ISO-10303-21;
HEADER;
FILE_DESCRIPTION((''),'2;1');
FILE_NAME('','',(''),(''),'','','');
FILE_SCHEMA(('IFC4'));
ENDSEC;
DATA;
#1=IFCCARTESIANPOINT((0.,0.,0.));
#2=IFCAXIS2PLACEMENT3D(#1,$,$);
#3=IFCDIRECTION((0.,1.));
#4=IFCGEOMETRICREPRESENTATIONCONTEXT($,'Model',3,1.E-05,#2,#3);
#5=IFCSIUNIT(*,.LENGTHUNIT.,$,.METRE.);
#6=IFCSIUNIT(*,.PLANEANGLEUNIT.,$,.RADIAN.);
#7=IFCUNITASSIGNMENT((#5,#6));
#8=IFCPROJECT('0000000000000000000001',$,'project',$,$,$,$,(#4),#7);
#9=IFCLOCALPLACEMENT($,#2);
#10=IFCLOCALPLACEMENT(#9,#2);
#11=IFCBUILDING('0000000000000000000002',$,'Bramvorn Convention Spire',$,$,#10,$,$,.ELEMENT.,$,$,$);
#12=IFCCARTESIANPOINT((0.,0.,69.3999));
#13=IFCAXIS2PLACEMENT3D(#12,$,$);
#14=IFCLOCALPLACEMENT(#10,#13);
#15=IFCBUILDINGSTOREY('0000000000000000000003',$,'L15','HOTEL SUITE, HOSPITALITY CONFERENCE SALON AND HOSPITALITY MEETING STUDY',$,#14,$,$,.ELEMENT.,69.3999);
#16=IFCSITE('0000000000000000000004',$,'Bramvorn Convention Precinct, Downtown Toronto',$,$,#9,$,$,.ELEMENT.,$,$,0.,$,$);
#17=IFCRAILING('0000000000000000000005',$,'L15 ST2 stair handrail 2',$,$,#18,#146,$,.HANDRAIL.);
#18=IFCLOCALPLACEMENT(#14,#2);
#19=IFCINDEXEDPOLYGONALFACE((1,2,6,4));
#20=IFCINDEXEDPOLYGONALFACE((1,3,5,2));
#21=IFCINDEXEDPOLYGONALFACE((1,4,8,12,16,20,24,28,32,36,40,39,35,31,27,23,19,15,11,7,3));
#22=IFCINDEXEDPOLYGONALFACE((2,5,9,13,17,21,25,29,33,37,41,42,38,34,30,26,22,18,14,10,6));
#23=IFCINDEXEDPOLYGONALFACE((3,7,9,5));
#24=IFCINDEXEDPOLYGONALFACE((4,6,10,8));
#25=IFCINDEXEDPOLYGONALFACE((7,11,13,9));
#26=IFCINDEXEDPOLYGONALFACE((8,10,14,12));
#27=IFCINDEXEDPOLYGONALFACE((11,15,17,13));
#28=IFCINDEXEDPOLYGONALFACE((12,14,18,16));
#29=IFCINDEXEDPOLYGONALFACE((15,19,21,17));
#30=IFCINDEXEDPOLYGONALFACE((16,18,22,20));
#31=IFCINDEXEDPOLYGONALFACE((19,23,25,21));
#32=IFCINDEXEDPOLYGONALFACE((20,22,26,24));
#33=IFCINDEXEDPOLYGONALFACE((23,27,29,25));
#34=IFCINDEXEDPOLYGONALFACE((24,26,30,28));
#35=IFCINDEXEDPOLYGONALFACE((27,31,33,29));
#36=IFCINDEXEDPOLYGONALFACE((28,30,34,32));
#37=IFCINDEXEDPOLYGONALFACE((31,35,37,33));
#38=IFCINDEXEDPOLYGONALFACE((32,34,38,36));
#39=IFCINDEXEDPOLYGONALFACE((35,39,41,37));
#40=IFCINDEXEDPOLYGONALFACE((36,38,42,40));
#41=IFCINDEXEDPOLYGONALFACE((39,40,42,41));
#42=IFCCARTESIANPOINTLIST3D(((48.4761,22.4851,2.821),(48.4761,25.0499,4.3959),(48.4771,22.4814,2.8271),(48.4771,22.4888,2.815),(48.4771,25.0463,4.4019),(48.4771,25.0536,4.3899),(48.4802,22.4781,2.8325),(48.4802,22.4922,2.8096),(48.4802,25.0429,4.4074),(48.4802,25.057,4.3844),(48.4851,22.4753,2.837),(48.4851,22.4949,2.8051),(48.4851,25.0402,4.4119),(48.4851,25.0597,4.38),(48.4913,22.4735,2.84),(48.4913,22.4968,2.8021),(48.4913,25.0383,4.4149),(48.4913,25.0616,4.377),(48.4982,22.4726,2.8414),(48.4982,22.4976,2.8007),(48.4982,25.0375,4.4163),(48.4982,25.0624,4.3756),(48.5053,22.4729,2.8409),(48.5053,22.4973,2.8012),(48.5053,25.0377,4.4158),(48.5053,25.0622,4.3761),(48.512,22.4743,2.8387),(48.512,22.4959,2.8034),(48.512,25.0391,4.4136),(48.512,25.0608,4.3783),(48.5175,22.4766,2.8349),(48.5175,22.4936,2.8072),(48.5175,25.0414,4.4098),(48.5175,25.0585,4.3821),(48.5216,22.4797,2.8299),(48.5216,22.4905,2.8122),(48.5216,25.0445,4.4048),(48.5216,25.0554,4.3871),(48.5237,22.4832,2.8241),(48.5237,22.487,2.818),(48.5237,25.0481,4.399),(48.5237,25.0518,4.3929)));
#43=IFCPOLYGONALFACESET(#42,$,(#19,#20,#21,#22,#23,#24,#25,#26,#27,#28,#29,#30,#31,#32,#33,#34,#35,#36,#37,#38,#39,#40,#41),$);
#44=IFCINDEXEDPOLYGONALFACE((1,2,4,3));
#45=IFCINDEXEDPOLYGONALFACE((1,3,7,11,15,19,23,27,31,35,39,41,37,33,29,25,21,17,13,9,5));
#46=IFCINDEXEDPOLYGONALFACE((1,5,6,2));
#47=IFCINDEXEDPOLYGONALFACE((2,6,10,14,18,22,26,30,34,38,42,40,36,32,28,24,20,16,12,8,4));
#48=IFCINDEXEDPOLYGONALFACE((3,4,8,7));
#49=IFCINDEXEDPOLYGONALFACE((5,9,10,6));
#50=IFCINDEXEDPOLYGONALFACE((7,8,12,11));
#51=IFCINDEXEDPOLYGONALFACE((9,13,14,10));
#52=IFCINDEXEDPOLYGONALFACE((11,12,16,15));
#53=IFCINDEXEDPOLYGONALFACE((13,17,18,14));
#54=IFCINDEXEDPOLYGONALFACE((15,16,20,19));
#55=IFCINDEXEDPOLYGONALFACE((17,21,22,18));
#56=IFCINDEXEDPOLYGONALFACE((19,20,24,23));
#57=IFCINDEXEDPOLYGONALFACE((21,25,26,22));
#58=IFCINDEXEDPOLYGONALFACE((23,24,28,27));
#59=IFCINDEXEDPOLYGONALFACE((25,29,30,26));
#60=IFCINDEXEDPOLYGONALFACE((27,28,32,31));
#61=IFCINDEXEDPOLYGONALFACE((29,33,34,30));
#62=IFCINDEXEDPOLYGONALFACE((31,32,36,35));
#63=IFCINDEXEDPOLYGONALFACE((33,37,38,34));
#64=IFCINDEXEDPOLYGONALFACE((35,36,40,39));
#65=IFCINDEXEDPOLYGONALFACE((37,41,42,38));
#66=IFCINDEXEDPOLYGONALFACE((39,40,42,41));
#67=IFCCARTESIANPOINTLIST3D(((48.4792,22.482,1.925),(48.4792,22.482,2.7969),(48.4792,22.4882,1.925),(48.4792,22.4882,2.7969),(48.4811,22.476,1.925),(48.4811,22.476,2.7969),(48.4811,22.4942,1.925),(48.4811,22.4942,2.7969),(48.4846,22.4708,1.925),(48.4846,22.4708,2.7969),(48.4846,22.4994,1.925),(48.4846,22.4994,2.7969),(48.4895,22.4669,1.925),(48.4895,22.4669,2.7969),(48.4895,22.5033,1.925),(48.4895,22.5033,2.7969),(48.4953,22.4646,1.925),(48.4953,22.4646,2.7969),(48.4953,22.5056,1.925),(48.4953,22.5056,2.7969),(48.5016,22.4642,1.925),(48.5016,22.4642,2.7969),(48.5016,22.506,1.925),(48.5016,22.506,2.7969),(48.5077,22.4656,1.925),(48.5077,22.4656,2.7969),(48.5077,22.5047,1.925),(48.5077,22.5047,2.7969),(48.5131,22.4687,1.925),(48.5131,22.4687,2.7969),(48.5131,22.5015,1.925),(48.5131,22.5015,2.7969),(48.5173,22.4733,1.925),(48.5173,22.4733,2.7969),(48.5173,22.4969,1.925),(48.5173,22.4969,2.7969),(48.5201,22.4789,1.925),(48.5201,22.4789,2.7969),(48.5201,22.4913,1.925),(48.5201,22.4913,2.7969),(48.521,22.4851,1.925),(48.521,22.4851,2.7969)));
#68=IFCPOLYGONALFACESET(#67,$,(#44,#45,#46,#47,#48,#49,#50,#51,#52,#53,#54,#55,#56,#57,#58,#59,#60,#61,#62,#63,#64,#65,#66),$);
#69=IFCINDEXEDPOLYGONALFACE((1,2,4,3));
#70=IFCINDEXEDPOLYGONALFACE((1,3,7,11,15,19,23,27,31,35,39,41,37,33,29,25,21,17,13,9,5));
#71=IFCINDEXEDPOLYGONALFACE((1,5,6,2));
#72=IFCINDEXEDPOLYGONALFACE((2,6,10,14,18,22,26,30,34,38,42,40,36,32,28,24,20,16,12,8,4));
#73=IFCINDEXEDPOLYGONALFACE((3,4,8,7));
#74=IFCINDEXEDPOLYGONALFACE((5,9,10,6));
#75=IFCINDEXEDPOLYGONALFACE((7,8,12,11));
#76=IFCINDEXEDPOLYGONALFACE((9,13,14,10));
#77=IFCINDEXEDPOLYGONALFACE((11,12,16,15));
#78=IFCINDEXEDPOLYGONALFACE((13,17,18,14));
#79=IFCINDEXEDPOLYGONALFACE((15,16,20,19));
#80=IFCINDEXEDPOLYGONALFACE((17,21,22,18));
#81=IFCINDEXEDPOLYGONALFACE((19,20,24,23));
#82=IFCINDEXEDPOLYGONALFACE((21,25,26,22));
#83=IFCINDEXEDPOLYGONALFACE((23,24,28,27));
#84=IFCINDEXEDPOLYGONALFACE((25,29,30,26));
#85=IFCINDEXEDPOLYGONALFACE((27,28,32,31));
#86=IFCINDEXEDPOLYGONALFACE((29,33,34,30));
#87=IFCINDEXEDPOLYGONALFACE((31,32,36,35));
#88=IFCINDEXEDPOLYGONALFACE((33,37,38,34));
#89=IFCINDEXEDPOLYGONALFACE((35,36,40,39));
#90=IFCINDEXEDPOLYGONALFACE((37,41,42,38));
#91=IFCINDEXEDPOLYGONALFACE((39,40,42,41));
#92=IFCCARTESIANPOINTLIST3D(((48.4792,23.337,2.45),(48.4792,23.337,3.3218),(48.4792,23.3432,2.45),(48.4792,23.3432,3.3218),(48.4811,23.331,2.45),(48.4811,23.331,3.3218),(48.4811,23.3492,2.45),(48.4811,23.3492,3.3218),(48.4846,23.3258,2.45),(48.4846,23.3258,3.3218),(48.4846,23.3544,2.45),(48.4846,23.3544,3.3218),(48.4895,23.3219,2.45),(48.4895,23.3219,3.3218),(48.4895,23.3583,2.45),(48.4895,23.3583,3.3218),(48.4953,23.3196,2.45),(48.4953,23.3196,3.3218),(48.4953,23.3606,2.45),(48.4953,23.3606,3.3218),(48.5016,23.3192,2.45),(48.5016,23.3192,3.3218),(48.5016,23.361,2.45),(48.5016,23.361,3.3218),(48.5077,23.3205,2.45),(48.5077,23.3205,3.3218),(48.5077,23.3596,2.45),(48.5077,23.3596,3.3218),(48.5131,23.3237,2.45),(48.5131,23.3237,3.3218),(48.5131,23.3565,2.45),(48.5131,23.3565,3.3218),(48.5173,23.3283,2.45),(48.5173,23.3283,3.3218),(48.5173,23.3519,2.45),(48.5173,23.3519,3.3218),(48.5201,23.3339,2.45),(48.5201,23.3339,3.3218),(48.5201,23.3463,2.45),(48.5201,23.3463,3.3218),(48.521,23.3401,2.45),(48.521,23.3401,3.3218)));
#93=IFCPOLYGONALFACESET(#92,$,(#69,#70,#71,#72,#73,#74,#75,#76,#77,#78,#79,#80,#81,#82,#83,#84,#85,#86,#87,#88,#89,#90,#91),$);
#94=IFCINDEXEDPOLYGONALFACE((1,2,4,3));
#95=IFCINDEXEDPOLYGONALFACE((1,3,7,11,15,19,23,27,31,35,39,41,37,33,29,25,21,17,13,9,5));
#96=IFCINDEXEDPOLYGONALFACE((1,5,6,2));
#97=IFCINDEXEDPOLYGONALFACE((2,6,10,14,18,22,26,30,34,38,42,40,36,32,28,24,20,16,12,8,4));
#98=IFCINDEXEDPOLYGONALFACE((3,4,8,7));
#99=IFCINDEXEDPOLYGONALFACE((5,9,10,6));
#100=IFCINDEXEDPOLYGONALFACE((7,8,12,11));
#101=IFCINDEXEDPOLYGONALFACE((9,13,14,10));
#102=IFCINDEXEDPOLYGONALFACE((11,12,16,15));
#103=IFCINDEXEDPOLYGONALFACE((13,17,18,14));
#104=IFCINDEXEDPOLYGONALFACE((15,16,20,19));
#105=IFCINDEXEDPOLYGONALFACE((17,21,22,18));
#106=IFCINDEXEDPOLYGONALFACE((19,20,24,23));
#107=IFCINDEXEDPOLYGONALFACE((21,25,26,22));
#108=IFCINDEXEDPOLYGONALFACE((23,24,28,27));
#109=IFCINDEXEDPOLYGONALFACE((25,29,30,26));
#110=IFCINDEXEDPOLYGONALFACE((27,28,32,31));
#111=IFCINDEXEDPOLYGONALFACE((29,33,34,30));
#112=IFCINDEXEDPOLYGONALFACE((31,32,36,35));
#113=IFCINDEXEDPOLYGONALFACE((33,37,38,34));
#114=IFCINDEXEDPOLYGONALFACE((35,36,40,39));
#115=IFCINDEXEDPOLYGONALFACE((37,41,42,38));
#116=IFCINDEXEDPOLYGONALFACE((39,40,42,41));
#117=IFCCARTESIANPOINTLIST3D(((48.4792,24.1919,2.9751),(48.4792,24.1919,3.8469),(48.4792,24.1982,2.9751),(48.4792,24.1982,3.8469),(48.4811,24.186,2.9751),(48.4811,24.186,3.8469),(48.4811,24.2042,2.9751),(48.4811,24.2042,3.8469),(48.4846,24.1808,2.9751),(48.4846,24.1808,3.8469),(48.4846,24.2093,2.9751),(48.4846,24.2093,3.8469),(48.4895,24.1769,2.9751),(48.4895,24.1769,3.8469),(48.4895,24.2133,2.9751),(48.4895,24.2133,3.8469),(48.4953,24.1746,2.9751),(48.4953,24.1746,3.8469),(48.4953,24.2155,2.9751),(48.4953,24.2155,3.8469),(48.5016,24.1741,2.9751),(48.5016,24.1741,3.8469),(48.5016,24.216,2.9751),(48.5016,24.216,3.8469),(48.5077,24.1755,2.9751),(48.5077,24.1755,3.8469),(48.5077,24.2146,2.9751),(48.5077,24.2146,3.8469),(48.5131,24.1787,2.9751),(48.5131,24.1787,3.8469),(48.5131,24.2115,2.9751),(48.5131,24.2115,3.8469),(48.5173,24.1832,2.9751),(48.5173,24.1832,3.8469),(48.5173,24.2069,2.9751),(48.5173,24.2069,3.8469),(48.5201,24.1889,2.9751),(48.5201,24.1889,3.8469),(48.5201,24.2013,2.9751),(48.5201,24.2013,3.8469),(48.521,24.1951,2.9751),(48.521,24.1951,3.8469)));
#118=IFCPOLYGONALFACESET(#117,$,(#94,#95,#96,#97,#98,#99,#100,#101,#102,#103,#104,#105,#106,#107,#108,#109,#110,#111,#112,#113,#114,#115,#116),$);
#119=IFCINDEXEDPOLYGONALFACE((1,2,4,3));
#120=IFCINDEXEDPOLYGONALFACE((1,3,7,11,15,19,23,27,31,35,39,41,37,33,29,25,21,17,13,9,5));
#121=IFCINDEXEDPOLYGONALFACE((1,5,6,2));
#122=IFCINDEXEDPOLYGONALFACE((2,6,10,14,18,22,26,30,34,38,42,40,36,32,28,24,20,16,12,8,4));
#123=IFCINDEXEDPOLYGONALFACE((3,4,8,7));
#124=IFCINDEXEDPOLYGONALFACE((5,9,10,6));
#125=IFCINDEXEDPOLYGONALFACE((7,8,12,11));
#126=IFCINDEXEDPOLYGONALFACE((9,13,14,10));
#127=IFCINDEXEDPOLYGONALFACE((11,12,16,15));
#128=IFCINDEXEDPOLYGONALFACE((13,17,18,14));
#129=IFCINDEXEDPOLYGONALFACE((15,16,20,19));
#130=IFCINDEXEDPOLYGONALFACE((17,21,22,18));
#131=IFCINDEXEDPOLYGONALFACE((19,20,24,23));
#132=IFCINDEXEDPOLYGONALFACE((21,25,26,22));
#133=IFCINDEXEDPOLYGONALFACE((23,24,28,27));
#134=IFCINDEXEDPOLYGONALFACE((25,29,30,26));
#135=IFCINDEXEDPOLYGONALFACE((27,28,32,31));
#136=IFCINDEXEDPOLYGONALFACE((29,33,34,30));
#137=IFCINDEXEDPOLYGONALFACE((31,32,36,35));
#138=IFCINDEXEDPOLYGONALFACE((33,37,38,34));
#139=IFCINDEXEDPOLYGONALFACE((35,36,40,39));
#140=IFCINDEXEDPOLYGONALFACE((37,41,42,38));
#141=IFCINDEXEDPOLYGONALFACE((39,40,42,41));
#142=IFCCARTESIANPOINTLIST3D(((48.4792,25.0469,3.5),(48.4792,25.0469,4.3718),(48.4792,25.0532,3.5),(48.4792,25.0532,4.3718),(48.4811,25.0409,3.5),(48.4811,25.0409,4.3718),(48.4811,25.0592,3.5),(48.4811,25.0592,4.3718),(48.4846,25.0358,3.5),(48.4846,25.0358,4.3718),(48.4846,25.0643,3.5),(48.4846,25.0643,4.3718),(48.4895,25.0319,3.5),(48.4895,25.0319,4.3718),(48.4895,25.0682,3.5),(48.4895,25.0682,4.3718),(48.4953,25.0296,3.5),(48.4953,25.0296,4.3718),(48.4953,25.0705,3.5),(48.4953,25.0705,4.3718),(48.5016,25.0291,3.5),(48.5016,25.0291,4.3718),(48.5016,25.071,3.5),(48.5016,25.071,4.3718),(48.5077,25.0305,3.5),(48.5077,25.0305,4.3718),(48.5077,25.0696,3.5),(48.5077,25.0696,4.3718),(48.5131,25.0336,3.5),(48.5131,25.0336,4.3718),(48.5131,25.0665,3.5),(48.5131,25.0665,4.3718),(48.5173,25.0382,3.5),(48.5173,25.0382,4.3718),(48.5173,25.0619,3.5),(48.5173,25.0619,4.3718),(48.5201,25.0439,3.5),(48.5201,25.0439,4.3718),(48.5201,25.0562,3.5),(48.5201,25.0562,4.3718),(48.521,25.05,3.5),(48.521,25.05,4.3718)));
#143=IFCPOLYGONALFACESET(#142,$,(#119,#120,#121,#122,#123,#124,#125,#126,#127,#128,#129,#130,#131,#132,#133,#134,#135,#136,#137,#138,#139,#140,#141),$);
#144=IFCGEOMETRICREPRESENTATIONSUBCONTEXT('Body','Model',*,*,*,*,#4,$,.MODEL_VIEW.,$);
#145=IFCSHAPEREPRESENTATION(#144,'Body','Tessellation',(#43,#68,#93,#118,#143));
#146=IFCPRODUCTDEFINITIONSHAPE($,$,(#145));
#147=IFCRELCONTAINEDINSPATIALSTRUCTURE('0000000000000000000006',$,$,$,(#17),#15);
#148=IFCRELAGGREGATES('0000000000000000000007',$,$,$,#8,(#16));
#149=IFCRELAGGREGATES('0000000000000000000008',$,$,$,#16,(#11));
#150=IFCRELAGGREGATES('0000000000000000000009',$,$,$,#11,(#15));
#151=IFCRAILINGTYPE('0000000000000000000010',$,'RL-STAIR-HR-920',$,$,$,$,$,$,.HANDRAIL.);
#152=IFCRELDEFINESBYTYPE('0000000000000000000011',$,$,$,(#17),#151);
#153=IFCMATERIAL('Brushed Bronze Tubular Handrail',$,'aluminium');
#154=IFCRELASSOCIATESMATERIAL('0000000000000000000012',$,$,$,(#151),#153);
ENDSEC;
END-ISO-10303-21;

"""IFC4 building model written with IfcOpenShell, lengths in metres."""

from ifc_helpers import new_model, si_unit, direction, frame, origin, origin_2d, place, context, subcontext, project, spatial, circle, extrude, material, type_object, element, save


model = new_model("IFC4")

# Units and contexts
model_context = context("Model", 3, precision=1e-05, world=origin(), true_north=direction((0.0, 1.0)))
body_context = subcontext(model_context, "Body", "Model", "MODEL_VIEW")
ifc_project = project(units=[si_unit("LENGTHUNIT", "METRE"), si_unit("PLANEANGLEUNIT", "RADIAN")], contexts=[model_context])

# Site, building, storey
site_placement = place(None, origin())
site = spatial("IfcSite", under=ifc_project, at=site_placement, Name="Bramvorn Convention Precinct, Downtown Toronto", CompositionType="ELEMENT", RefElevation=0.0)
building_placement = place(site_placement, origin())
building = spatial("IfcBuilding", under=site, at=building_placement, Name="Bramvorn Convention Spire", CompositionType="ELEMENT")
storey_placement = place(building_placement, frame((0.0, 0.0, 69.3999)))
storey = spatial("IfcBuildingStorey", under=building, at=storey_placement, Name="L15", Description="HOTEL SUITE, HOSPITALITY CONFERENCE SALON AND HOSPITALITY MEETING STUDY", CompositionType="ELEMENT", Elevation=69.3999)

# Railing
ifc_material_1 = material(Name="Brushed Bronze Tubular Handrail", Category="aluminium")
railing_type_1 = type_object("IfcRailingType", Name="RL-STAIR-HR-920", PredefinedType="HANDRAIL", material=ifc_material_1)
railing_1_placement = place(storey_placement, frame((48.5, 22.4851, 1.925)))
element("IfcRailing", 1, at=railing_1_placement, inside=storey, type_object=railing_type_1, Name="L15 ST2 stair handrail 2", PredefinedType="HANDRAIL", context=body_context, shape_type="SweptSolid", body=[
    extrude(circle(Radius=0.0239, at=origin_2d()), frame((0.0, 0.0, 0.896), z_axis=(0.0, 0.852173, 0.52326), x_axis=(-1.0, 0.0, 0.0)), (0.0, 0.0, 1.0), 3.0098),
    extrude(circle(Radius=0.021, at=origin_2d()), origin(), (0.0, 0.0, 1.0), 0.8718),
    extrude(circle(Radius=0.021, at=origin_2d()), frame((0.0, 0.855, 0.5249)), (0.0, 0.0, 1.0), 0.8718),
    extrude(circle(Radius=0.021, at=origin_2d()), frame((0.0, 1.71, 1.05)), (0.0, 0.0, 1.0), 0.8718),
    extrude(circle(Radius=0.021, at=origin_2d()), frame((0.0, 2.5649, 1.575)), (0.0, 0.0, 1.0), 0.8718),
])

save(model, "model.ifc")
